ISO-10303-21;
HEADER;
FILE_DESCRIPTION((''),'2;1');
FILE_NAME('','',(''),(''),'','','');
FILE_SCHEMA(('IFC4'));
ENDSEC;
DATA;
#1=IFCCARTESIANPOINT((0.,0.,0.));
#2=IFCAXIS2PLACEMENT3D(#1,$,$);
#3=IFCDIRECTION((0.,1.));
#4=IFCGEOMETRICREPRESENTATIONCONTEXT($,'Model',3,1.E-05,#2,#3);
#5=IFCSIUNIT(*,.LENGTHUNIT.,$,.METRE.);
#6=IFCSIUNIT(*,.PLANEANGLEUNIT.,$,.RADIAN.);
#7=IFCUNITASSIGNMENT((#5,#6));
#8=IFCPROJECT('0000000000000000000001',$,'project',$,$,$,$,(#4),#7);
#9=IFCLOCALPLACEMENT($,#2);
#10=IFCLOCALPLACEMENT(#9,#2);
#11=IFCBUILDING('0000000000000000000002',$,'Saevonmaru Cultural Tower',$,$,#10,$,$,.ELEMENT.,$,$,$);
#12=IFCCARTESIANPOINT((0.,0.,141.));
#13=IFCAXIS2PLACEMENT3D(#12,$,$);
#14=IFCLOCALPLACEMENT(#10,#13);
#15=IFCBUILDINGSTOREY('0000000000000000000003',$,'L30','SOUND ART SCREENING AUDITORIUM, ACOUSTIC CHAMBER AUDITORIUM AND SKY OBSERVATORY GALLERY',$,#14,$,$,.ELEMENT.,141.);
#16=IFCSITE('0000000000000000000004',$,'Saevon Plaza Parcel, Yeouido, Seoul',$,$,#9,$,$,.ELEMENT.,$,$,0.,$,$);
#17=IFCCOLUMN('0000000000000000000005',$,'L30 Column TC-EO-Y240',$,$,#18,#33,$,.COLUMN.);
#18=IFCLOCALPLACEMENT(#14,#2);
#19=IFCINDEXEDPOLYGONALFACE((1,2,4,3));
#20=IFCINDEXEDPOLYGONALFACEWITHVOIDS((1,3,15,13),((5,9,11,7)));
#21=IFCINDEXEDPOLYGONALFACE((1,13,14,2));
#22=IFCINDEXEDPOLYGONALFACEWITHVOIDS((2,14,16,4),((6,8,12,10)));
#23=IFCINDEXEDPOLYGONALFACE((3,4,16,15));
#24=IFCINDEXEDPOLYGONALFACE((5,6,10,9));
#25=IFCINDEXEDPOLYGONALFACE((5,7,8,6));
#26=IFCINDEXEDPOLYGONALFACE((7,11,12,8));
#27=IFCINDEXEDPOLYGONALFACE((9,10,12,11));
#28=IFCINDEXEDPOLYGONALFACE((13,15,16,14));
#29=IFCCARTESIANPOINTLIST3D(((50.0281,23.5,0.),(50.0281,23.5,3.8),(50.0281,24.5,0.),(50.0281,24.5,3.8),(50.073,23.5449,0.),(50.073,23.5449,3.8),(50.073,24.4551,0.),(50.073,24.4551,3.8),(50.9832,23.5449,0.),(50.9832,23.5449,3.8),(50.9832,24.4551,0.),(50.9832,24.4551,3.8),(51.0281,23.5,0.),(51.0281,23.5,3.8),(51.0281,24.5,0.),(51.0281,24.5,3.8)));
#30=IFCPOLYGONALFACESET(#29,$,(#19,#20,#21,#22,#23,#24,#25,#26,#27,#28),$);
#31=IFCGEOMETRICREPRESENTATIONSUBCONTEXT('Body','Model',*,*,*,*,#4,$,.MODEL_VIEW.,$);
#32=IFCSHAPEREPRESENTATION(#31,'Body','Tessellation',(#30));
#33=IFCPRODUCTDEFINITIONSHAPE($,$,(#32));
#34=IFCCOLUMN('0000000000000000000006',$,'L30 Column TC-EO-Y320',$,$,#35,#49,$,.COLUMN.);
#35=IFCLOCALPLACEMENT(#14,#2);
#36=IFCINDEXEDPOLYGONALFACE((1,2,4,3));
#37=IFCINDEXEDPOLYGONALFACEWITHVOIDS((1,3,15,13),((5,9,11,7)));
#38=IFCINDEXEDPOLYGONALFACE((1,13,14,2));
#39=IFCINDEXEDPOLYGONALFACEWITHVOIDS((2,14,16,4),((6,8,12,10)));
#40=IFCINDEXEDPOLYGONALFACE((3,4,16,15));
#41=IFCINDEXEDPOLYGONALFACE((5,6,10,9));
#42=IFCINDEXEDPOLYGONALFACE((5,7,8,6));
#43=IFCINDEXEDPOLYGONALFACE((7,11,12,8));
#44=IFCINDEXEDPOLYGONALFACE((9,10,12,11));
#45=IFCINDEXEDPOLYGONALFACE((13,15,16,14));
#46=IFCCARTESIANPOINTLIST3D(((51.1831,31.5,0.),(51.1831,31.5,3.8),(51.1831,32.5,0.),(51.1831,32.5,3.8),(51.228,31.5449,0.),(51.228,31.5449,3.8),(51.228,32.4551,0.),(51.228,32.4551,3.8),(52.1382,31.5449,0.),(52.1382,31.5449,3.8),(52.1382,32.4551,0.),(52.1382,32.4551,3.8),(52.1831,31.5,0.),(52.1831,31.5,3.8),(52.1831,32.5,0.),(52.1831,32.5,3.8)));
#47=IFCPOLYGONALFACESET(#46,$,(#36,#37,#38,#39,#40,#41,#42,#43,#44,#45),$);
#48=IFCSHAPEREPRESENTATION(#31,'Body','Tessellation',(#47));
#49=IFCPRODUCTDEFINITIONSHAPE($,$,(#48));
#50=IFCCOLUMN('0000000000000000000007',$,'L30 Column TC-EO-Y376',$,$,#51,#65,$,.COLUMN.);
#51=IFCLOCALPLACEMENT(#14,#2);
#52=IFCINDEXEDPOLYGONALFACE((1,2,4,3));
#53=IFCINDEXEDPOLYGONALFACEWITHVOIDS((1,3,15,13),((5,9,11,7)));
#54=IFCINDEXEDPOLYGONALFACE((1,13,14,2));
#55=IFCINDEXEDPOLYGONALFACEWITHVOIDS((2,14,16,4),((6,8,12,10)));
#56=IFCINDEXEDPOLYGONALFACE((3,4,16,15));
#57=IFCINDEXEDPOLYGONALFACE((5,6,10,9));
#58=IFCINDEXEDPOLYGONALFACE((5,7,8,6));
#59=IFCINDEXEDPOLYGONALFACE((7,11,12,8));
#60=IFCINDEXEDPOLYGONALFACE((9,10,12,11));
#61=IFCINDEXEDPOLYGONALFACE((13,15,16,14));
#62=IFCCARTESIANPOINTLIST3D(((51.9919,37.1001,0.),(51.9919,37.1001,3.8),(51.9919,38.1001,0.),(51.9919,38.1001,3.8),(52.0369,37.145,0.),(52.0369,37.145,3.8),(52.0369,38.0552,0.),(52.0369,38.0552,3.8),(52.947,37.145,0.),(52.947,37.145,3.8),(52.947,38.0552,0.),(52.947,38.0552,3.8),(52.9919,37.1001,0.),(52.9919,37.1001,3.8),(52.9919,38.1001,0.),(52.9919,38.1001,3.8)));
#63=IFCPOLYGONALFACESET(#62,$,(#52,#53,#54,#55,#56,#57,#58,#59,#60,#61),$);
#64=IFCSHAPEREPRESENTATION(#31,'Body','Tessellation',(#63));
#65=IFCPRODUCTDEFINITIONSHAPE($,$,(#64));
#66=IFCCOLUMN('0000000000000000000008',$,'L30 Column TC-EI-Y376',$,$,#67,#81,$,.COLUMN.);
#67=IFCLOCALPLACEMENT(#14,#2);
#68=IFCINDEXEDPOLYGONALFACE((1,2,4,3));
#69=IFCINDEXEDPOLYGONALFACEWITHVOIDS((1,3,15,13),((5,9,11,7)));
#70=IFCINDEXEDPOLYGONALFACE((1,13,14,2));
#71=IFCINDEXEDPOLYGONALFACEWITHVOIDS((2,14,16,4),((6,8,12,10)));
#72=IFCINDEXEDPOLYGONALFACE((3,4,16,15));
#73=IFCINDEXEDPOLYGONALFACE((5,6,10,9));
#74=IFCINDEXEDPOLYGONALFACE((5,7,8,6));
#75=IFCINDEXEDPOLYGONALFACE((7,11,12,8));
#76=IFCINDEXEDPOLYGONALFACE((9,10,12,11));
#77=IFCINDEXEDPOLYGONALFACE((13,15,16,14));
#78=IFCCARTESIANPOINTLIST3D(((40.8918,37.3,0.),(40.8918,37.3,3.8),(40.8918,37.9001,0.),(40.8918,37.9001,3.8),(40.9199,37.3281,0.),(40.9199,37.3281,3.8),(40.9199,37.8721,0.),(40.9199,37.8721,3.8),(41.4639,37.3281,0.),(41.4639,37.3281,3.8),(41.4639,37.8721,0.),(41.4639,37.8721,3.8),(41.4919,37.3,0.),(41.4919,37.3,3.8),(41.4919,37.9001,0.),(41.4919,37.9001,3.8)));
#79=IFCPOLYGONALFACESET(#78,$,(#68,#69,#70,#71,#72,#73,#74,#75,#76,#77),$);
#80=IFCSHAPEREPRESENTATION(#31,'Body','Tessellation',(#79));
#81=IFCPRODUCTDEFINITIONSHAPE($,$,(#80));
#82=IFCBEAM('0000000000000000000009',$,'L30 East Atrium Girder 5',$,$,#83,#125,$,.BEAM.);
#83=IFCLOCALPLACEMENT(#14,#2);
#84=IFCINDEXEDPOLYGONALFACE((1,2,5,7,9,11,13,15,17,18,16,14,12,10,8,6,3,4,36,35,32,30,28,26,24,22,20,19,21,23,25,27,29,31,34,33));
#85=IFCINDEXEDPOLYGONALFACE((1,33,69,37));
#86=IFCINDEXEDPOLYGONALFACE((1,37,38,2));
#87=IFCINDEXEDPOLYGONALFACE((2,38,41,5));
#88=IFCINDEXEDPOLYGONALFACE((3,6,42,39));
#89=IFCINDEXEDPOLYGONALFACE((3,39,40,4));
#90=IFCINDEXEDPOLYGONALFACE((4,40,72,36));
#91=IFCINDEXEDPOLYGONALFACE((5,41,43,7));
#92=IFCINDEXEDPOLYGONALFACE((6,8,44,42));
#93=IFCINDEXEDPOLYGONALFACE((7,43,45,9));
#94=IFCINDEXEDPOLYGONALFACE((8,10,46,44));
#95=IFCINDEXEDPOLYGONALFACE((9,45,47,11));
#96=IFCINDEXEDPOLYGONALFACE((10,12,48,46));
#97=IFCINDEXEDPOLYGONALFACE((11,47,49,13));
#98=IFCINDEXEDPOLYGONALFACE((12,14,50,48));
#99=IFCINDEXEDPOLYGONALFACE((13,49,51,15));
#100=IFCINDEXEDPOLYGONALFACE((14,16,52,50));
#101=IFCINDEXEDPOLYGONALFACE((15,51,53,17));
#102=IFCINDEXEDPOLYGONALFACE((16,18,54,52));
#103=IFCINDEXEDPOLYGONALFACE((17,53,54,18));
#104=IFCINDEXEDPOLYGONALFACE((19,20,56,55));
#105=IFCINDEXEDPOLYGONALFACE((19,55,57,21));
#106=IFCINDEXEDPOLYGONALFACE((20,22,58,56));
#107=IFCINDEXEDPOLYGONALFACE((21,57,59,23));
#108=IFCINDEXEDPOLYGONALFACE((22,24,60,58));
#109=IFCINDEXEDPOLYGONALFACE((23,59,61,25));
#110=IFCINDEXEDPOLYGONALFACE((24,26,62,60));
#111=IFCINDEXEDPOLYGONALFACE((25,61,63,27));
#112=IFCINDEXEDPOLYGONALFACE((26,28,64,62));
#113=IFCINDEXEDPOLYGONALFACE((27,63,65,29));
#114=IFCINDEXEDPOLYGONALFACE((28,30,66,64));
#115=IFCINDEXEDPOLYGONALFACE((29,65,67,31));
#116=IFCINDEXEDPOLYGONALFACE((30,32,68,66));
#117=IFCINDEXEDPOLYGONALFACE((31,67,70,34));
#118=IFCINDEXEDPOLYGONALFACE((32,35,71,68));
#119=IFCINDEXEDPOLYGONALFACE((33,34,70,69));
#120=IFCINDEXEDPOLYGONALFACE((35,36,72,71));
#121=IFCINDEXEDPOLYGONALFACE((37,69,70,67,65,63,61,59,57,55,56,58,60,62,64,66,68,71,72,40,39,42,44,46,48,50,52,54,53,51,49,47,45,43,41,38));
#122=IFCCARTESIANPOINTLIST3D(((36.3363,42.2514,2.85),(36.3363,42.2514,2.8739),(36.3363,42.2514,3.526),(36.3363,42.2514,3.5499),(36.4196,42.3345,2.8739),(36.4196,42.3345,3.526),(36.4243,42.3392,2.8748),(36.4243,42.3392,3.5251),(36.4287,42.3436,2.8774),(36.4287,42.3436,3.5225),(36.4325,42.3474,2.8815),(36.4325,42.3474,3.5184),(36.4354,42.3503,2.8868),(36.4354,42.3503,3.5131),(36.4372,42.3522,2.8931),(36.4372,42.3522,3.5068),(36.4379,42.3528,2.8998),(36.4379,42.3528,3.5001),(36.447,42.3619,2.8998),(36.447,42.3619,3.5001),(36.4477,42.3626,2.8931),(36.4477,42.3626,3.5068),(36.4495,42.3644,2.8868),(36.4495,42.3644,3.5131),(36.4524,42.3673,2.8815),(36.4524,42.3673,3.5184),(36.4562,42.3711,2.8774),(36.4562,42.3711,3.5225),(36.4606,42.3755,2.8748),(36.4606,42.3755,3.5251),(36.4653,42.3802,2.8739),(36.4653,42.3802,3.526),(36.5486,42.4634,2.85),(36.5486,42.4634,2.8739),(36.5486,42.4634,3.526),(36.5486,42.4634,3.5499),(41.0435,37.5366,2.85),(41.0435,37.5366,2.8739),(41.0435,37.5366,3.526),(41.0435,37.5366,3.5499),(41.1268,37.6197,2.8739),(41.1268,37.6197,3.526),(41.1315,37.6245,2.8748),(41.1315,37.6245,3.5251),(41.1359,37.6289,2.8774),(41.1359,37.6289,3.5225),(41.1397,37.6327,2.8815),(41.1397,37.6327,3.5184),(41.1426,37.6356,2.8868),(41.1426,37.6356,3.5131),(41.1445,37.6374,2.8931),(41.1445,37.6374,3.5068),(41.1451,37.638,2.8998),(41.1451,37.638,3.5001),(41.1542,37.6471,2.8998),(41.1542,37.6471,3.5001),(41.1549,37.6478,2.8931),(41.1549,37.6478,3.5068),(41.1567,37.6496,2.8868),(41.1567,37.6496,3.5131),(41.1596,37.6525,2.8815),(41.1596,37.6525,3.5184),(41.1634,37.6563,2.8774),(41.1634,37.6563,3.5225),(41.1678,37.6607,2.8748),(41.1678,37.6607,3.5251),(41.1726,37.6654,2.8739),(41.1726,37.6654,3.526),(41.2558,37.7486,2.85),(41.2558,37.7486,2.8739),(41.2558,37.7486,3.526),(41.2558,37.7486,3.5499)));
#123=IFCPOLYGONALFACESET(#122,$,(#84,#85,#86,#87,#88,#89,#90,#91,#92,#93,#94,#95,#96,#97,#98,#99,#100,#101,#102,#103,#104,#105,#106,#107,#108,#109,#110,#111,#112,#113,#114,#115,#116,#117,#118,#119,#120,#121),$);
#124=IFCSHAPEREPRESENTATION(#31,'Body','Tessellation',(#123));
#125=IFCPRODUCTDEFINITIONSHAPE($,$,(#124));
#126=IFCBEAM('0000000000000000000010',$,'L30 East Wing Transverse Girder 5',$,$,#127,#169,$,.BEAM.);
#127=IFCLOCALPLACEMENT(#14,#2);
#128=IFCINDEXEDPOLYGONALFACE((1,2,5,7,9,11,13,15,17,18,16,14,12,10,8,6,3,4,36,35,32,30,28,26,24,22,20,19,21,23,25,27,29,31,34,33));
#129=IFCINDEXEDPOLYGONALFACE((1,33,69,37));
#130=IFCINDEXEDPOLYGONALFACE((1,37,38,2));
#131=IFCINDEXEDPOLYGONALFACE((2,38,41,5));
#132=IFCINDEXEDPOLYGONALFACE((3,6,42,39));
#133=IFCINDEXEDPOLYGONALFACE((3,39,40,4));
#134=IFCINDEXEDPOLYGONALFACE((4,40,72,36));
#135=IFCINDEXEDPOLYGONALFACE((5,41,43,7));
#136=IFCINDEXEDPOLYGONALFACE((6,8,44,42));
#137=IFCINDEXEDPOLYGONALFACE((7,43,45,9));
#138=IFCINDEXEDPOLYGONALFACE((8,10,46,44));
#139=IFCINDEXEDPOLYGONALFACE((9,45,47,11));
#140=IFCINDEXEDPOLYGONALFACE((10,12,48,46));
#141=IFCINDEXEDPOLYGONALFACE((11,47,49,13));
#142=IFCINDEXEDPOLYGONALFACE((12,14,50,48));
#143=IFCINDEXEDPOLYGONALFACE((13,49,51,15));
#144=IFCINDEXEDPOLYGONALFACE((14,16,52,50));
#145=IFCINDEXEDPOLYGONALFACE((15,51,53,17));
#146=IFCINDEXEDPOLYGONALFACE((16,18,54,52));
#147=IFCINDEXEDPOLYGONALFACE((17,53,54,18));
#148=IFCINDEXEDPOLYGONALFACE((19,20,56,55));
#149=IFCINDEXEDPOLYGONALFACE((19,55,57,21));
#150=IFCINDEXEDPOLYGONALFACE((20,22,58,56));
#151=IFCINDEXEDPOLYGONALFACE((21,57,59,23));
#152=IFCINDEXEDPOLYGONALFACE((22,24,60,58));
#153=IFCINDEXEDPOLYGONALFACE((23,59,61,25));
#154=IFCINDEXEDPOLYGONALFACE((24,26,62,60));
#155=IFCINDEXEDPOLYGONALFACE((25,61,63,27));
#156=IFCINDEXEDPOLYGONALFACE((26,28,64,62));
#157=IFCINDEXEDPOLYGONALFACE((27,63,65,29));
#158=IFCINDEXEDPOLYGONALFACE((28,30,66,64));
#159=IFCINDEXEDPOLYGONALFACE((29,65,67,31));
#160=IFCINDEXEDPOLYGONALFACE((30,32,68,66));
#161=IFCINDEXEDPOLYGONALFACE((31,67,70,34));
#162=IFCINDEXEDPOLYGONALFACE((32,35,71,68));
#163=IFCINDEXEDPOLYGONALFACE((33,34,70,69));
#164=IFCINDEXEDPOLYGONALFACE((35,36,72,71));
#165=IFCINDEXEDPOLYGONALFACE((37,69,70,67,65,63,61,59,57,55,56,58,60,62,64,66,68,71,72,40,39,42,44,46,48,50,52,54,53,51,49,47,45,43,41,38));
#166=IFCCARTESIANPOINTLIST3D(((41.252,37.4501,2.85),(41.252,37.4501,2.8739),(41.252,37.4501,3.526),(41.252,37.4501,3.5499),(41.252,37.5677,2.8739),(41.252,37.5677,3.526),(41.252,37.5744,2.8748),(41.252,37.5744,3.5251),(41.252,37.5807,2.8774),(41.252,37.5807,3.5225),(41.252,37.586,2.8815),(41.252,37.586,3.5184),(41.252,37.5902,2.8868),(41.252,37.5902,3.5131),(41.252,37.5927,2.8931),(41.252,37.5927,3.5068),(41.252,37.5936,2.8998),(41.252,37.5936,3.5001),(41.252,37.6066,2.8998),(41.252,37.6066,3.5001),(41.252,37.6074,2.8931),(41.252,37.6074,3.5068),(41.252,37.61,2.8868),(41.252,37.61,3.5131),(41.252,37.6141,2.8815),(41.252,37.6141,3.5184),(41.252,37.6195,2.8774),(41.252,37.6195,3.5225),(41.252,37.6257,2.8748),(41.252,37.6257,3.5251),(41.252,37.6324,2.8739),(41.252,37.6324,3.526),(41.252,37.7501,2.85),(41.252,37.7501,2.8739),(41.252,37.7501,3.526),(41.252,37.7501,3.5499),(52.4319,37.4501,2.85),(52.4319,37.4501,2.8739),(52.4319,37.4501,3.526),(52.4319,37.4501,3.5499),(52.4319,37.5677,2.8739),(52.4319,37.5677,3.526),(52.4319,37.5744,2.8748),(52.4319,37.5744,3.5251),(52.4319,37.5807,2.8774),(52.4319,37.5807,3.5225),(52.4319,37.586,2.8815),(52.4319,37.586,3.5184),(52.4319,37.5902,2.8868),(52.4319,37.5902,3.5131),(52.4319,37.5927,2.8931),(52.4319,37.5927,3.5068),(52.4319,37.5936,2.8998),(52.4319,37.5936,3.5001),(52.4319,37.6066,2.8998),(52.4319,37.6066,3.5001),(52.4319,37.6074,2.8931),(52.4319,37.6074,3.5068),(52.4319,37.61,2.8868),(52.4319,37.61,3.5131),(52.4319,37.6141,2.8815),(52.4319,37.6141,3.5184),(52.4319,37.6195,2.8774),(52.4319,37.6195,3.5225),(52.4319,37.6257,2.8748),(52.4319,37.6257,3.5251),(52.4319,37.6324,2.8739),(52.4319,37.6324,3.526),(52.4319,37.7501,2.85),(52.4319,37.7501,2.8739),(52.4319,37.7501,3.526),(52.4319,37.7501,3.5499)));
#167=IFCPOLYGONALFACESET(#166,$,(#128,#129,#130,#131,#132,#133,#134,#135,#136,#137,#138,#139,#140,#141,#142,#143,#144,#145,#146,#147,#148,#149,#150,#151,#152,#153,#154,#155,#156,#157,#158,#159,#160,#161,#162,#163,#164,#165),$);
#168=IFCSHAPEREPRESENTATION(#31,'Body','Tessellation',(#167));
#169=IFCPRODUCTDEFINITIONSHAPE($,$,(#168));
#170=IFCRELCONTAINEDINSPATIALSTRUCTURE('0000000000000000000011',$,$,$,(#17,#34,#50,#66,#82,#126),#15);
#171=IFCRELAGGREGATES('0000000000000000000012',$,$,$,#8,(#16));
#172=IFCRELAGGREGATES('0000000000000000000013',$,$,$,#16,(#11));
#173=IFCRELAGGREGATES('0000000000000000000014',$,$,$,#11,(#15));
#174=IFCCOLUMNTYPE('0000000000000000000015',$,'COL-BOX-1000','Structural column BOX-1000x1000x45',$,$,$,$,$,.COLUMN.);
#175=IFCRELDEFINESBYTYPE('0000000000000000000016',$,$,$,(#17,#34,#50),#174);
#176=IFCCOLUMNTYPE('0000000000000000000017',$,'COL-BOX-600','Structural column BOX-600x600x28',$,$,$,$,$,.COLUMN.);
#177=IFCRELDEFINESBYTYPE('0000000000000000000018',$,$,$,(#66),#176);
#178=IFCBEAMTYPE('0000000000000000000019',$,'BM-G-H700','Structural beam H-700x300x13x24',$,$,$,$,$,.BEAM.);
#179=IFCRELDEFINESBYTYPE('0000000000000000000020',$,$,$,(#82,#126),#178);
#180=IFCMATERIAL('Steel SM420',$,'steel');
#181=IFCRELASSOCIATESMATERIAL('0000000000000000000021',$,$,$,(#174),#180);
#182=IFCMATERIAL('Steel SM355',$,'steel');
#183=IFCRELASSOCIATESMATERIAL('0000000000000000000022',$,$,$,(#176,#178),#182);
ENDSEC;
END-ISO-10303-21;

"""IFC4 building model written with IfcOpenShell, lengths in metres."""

from ifc_helpers import new_model, si_unit, direction, frame, origin, origin_2d, place, context, subcontext, project, spatial, hollow_rectangle, i_section, extrude, material, material_profile, profile_set, type_object, element, save


model = new_model("IFC4")

# Units and contexts
model_context = context("Model", 3, precision=1e-05, world=origin(), true_north=direction((0.0, 1.0)))
body_context = subcontext(model_context, "Body", "Model", "MODEL_VIEW")
ifc_project = project(units=[si_unit("LENGTHUNIT", "METRE"), si_unit("PLANEANGLEUNIT", "RADIAN")], contexts=[model_context])

# Site, building, storey
site_placement = place(None, origin())
site = spatial("IfcSite", under=ifc_project, at=site_placement, Name="Saevon Plaza Parcel, Yeouido, Seoul", CompositionType="ELEMENT", RefElevation=0.0)
building_placement = place(site_placement, origin())
building = spatial("IfcBuilding", under=site, at=building_placement, Name="Saevonmaru Cultural Tower", CompositionType="ELEMENT")
storey_placement = place(building_placement, frame((0.0, 0.0, 141.0)))
storey = spatial("IfcBuildingStorey", under=building, at=storey_placement, Name="L30", Description="SOUND ART SCREENING AUDITORIUM, ACOUSTIC CHAMBER AUDITORIUM AND SKY OBSERVATORY GALLERY", CompositionType="ELEMENT", Elevation=141.0)

# Columns
ifc_material_1 = material(Name="Steel SM420", Category="steel")
ifc_material_profile_1 = material_profile(ifc_material_1, hollow_rectangle(XDim=1.0, YDim=1.0, WallThickness=0.0449, at=origin_2d()), Name="BOX-1000x1000x45")
ifc_profile_set_1 = profile_set([ifc_material_profile_1], Name="Steel SM420")
column_type_1 = type_object("IfcColumnType", Name="COL-BOX-1000", Description="Structural column BOX-1000x1000x45", PredefinedType="COLUMN", material=ifc_profile_set_1)
for number, where, z_axis, x_axis, name in (
    (1, (50.5281, 24.0, 0.0), (0.0, 0.0, 1.0), (1.0, 0.0, 0.0), "L30 Column TC-EO-Y240"),
    (2, (51.6831, 32.0, 0.0), (0.0, 0.0, 1.0), (1.0, 0.0, 0.0), "L30 Column TC-EO-Y320"),
    (3, (52.4919, 37.6001, 0.0), (0.0, 0.0, 1.0), (1.0, 0.0, 0.0), "L30 Column TC-EO-Y376"),
):
    element("IfcColumn", number, at=place(storey_placement, frame(where, z_axis=z_axis, x_axis=x_axis)), inside=storey, type_object=column_type_1, Name=name, PredefinedType="COLUMN", context=body_context, shape_type="SweptSolid", body=[
        extrude(hollow_rectangle(XDim=1.0, YDim=1.0, WallThickness=0.0449, at=origin_2d()), origin(), (0.0, 0.0, 1.0), 3.8),
    ])
ifc_material_2 = material(Name="Steel SM355", Category="steel")
ifc_material_profile_2 = material_profile(ifc_material_2, hollow_rectangle(XDim=0.6001, YDim=0.6001, WallThickness=0.0281, at=origin_2d()), Name="BOX-600x600x28")
ifc_profile_set_2 = profile_set([ifc_material_profile_2], Name="Steel SM355")
column_type_2 = type_object("IfcColumnType", Name="COL-BOX-600", Description="Structural column BOX-600x600x28", PredefinedType="COLUMN", material=ifc_profile_set_2)
column_placement = place(storey_placement, frame((41.1919, 37.6001, 0.0), z_axis=(0.0, 0.0, 1.0), x_axis=(1.0, 0.0, 0.0)))
element("IfcColumn", 4, at=column_placement, inside=storey, type_object=column_type_2, Name="L30 Column TC-EI-Y376", PredefinedType="COLUMN", context=body_context, shape_type="SweptSolid", body=[
    extrude(hollow_rectangle(XDim=0.6001, YDim=0.6001, WallThickness=0.0281, at=origin_2d()), origin(), (0.0, 0.0, 1.0), 3.8),
])

# Beams
ifc_material_profile_3 = material_profile(ifc_material_2, i_section(OverallWidth=0.3, OverallDepth=0.7, WebThickness=0.0129, FlangeThickness=0.0239, FilletRadius=0.0259, at=origin_2d()), Name="H-700x300x13x24")
ifc_profile_set_3 = profile_set([ifc_material_profile_3], Name="Steel SM355")
beam_type_1 = type_object("IfcBeamType", Name="BM-G-H700", Description="Structural beam H-700x300x13x24", PredefinedType="BEAM", material=ifc_profile_set_3)
beam_1_placement = place(storey_placement, frame((41.1497, 37.6426, 3.2), z_axis=(-0.706539, 0.707675, 0.0), x_axis=(-0.707675, -0.706539, 0.0)))
element("IfcBeam", 5, at=beam_1_placement, inside=storey, type_object=beam_type_1, Name="L30 East Atrium Girder 5", PredefinedType="BEAM", context=body_context, shape_type="SweptSolid", body=[
    extrude(i_section(OverallWidth=0.3, OverallDepth=0.7, WebThickness=0.0129, FlangeThickness=0.0239, FilletRadius=0.0259, at=origin_2d()), origin(), (0.0, 0.0, 1.0), 6.6624),
])
beam_2_placement = place(storey_placement, frame((41.252, 37.6001, 3.2), z_axis=(1.0, 0.0, 0.0), x_axis=(0.0, 1.0, 0.0)))
element("IfcBeam", 6, at=beam_2_placement, inside=storey, type_object=beam_type_1, Name="L30 East Wing Transverse Girder 5", PredefinedType="BEAM", context=body_context, shape_type="SweptSolid", body=[
    extrude(i_section(OverallWidth=0.3, OverallDepth=0.7, WebThickness=0.0129, FlangeThickness=0.0239, FilletRadius=0.0259, at=origin_2d()), origin(), (0.0, 0.0, 1.0), 11.1799),
])

save(model, "model.ifc")
